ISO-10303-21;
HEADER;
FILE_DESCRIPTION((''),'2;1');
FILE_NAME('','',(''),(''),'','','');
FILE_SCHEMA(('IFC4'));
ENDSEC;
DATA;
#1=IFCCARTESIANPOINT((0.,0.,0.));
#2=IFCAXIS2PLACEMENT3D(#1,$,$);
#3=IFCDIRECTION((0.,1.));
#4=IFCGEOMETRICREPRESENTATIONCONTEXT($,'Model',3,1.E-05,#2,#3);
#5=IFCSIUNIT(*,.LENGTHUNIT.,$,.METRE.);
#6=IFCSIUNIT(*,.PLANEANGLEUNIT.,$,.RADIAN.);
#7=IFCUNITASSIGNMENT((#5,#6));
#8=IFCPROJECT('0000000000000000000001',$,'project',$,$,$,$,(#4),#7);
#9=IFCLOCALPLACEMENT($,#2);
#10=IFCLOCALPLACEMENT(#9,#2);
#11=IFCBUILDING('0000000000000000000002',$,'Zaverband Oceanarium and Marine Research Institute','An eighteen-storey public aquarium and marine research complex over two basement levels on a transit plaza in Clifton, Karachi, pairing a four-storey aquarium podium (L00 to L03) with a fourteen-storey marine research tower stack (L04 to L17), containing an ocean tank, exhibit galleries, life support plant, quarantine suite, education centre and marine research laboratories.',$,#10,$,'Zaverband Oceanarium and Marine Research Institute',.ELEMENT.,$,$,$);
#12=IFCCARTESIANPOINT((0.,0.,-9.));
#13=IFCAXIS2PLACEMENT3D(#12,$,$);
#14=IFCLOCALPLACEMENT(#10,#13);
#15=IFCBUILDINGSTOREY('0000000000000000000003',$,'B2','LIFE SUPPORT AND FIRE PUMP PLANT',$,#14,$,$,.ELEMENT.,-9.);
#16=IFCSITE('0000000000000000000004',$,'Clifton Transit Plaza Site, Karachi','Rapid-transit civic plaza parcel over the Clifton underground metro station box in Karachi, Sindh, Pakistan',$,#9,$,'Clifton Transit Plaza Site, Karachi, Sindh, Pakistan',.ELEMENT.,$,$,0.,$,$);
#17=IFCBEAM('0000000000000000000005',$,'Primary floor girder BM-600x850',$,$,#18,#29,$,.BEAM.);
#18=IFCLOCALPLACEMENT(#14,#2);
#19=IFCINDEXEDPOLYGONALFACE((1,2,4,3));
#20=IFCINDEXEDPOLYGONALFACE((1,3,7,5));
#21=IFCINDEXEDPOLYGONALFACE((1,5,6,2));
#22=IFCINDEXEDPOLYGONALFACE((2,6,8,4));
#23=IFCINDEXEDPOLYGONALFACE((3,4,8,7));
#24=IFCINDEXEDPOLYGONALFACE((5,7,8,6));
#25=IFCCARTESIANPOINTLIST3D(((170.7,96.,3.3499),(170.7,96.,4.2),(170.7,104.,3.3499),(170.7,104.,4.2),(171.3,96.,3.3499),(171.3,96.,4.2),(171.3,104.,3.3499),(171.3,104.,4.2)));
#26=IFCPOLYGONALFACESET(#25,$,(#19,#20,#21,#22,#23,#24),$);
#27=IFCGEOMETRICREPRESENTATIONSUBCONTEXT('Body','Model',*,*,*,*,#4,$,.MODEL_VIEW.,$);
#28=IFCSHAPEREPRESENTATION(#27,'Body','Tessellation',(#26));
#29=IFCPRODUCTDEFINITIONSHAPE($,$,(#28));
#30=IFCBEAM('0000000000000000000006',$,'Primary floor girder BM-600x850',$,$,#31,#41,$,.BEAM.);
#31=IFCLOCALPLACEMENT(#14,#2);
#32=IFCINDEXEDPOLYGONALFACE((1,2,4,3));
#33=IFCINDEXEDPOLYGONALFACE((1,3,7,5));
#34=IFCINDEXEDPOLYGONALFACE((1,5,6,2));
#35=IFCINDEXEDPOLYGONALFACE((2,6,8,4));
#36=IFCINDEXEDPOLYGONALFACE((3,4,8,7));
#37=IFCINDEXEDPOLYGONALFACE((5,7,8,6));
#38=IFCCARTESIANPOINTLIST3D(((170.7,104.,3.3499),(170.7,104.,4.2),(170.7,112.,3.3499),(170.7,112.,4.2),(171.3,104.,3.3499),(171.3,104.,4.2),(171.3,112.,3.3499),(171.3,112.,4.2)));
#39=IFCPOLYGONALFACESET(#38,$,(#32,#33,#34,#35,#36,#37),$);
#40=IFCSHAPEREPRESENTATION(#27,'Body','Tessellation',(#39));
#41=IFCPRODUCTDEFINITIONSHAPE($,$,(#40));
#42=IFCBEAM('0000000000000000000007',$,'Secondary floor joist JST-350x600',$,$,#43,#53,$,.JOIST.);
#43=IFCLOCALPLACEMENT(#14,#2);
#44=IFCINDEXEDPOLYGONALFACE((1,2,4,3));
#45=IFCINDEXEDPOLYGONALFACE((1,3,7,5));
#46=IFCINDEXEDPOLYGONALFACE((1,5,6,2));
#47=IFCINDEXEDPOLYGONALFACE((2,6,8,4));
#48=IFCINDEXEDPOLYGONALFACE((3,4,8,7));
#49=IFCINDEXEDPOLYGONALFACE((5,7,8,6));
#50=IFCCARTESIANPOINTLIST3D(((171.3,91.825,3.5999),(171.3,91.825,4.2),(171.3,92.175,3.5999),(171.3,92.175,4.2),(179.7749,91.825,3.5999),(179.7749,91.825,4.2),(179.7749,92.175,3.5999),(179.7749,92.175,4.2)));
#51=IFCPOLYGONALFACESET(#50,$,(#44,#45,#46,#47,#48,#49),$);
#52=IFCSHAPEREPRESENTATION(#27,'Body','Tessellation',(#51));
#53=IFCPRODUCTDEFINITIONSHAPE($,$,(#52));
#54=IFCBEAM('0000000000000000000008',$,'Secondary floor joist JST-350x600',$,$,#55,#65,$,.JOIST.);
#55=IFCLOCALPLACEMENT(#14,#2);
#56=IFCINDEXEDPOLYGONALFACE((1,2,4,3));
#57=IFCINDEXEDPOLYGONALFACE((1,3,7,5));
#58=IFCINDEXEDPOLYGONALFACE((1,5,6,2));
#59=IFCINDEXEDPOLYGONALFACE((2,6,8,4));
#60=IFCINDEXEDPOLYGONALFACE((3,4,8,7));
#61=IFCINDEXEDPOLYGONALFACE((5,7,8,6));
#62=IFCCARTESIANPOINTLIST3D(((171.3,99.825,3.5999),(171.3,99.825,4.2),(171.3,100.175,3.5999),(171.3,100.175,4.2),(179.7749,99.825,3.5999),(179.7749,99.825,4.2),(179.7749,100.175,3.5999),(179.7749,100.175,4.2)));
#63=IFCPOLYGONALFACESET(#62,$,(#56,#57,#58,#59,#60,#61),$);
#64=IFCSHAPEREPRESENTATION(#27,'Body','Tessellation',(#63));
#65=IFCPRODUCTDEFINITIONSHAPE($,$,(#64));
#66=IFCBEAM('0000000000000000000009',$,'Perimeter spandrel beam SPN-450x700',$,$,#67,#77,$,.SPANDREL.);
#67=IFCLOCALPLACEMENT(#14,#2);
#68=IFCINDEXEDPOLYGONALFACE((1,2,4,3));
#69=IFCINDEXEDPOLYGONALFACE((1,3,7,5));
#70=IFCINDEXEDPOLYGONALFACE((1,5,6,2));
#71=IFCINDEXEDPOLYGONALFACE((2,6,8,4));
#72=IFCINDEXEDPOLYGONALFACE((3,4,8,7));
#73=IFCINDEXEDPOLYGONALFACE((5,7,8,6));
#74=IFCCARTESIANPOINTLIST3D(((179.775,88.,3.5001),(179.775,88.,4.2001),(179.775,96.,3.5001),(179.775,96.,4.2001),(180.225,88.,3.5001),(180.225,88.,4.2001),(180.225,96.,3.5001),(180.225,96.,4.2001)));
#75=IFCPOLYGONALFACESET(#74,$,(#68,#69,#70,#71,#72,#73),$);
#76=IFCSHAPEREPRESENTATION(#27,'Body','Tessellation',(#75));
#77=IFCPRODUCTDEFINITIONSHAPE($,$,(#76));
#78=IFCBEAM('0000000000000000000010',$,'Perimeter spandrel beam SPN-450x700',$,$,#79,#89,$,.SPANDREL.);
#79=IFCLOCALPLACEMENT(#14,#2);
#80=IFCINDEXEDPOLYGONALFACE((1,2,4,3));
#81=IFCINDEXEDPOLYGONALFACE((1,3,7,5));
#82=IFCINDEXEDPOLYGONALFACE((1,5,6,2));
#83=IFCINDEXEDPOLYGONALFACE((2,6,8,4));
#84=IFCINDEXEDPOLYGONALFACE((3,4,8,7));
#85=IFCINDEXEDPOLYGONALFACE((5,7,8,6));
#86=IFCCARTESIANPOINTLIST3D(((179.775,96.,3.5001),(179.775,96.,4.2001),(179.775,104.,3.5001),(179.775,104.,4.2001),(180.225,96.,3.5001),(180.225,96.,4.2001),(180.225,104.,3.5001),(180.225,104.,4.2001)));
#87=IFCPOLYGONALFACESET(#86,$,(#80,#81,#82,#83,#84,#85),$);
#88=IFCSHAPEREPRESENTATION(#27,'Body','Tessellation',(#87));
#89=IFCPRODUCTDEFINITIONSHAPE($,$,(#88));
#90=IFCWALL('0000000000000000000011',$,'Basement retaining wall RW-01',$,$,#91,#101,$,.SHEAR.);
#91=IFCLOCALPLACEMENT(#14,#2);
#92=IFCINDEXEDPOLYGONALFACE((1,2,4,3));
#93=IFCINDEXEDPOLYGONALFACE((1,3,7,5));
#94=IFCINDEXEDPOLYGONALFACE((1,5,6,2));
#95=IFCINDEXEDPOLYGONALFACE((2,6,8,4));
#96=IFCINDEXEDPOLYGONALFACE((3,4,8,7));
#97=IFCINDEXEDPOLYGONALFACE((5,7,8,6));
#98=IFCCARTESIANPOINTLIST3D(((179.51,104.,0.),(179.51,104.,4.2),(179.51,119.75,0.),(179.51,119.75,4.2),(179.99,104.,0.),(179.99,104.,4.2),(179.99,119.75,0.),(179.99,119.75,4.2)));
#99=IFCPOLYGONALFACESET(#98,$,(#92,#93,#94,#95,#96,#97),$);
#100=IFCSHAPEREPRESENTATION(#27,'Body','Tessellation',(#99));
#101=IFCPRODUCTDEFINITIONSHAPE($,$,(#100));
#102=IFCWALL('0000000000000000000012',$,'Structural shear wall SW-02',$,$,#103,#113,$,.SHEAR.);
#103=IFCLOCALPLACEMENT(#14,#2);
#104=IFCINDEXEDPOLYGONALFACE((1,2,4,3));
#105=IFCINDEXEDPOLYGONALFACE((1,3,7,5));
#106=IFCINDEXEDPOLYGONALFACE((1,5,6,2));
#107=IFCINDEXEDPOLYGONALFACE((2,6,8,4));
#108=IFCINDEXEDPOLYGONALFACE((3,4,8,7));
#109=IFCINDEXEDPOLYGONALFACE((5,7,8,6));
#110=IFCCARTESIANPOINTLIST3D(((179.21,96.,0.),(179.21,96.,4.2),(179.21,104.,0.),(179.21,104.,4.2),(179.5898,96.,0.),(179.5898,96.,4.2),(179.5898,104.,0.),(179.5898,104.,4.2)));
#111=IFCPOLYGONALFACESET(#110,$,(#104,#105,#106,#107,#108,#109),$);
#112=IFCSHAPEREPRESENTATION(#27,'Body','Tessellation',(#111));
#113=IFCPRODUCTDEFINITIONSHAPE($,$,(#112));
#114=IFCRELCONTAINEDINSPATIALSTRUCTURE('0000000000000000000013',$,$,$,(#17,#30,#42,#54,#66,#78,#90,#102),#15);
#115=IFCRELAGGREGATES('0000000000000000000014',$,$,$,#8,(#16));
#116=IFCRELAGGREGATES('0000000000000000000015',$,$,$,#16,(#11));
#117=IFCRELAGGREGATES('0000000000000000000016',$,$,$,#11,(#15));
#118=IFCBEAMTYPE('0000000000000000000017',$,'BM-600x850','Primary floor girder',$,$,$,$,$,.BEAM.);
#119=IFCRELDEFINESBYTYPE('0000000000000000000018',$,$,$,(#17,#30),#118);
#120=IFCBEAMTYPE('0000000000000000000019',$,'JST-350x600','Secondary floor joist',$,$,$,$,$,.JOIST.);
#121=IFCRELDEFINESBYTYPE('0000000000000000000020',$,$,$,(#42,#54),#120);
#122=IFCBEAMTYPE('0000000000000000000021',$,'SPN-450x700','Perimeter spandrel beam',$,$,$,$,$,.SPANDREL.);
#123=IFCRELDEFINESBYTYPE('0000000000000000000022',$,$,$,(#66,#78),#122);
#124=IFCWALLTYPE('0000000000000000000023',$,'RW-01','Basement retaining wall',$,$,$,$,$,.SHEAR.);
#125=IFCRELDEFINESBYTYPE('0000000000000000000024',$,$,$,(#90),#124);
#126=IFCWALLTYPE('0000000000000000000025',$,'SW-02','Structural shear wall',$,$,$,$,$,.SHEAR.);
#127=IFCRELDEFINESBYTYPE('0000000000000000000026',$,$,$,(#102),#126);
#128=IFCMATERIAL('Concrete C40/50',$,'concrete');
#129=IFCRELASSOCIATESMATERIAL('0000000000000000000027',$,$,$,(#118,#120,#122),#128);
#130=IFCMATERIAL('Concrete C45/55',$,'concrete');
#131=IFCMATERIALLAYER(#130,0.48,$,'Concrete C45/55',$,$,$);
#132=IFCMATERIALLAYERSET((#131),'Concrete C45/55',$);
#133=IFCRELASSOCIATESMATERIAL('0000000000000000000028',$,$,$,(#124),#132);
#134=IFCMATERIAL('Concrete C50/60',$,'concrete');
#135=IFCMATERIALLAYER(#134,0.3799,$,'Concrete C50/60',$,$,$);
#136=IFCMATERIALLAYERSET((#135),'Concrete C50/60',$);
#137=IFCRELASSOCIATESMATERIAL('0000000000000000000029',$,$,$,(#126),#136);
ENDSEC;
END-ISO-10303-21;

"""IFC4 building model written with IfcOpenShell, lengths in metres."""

from ifc_helpers import new_model, si_unit, direction, frame, frame_2d, origin, origin_2d, place, context, subcontext, project, spatial, rectangle, extrude, material, layer, layer_set, material_profile, profile_set, type_object, element, save


model = new_model("IFC4")

# Units and contexts
model_context = context("Model", 3, precision=1e-05, world=origin(), true_north=direction((0.0, 1.0)))
body_context = subcontext(model_context, "Body", "Model", "MODEL_VIEW")
ifc_project = project(units=[si_unit("LENGTHUNIT", "METRE"), si_unit("PLANEANGLEUNIT", "RADIAN")], contexts=[model_context])

# Site, building, storey
site_placement = place(None, origin())
site = spatial("IfcSite", under=ifc_project, at=site_placement, Name="Clifton Transit Plaza Site, Karachi", Description="Rapid-transit civic plaza parcel over the Clifton underground metro station box in Karachi, Sindh, Pakistan", LongName="Clifton Transit Plaza Site, Karachi, Sindh, Pakistan", CompositionType="ELEMENT", RefElevation=0.0)
building_placement = place(site_placement, origin())
building = spatial("IfcBuilding", under=site, at=building_placement, Name="Zaverband Oceanarium and Marine Research Institute", Description="An eighteen-storey public aquarium and marine research complex over two basement levels on a transit plaza in Clifton, Karachi, pairing a four-storey aquarium podium (L00 to L03) with a fourteen-storey marine research tower stack (L04 to L17), containing an ocean tank, exhibit galleries, life support plant, quarantine suite, education centre and marine research laboratories.", LongName="Zaverband Oceanarium and Marine Research Institute", CompositionType="ELEMENT")
storey_placement = place(building_placement, frame((0.0, 0.0, -9.0)))
storey = spatial("IfcBuildingStorey", under=building, at=storey_placement, Name="B2", Description="LIFE SUPPORT AND FIRE PUMP PLANT", CompositionType="ELEMENT", Elevation=-9.0)

# Shared definitions
ifc_material_1 = material(Name="Concrete C50/60", Category="concrete")

# Beams
ifc_material_2 = material(Name="Concrete C40/50", Category="concrete")
ifc_material_profile_1 = material_profile(ifc_material_2, rectangle(XDim=0.6001, YDim=0.8501, at=origin_2d()), Name="RC600x850")
ifc_profile_set_1 = profile_set([ifc_material_profile_1], Name="Concrete C40/50")
beam_type_1 = type_object("IfcBeamType", Name="BM-600x850", Description="Primary floor girder", PredefinedType="BEAM", material=ifc_profile_set_1)
for number, where, z_axis, x_axis, name in (
    (1, (171.0, 96.0, 3.7749), (0.0, 1.0, 0.0), (-1.0, 0.0, 0.0), "Primary floor girder BM-600x850"),
    (2, (171.0, 104.0, 3.7749), (0.0, 1.0, 0.0), (-1.0, 0.0, 0.0), "Primary floor girder BM-600x850"),
):
    element("IfcBeam", number, at=place(storey_placement, frame(where, z_axis=z_axis, x_axis=x_axis)), inside=storey, type_object=beam_type_1, Name=name, PredefinedType="BEAM", context=body_context, shape_type="SweptSolid", body=[
        extrude(rectangle(XDim=0.6001, YDim=0.8501, at=origin_2d()), origin(), (0.0, 0.0, 1.0), 8.0),
    ])
ifc_material_profile_2 = material_profile(ifc_material_2, rectangle(XDim=0.3501, YDim=0.6001, at=origin_2d()), Name="RC350x600")
ifc_profile_set_2 = profile_set([ifc_material_profile_2], Name="Concrete C40/50")
beam_type_2 = type_object("IfcBeamType", Name="JST-350x600", Description="Secondary floor joist", PredefinedType="JOIST", material=ifc_profile_set_2)
for number, where, z_axis, x_axis, name in (
    (3, (171.3, 92.0, 3.8999), (1.0, 0.0, 0.0), (0.0, 1.0, 0.0), "Secondary floor joist JST-350x600"),
    (4, (171.3, 100.0, 3.8999), (1.0, 0.0, 0.0), (0.0, 1.0, 0.0), "Secondary floor joist JST-350x600"),
):
    element("IfcBeam", number, at=place(storey_placement, frame(where, z_axis=z_axis, x_axis=x_axis)), inside=storey, type_object=beam_type_2, Name=name, PredefinedType="JOIST", context=body_context, shape_type="SweptSolid", body=[
        extrude(rectangle(XDim=0.3501, YDim=0.6001, at=origin_2d()), origin(), (0.0, 0.0, 1.0), 8.4749),
    ])
ifc_material_profile_3 = material_profile(ifc_material_2, rectangle(XDim=0.45, YDim=0.7, at=origin_2d()), Name="RC450x700")
ifc_profile_set_3 = profile_set([ifc_material_profile_3], Name="Concrete C40/50")
beam_type_3 = type_object("IfcBeamType", Name="SPN-450x700", Description="Perimeter spandrel beam", PredefinedType="SPANDREL", material=ifc_profile_set_3)
for number, where, z_axis, x_axis, name in (
    (5, (180.0, 88.0, 3.8501), (0.0, 1.0, 0.0), (-1.0, 0.0, 0.0), "Perimeter spandrel beam SPN-450x700"),
    (6, (180.0, 96.0, 3.8501), (0.0, 1.0, 0.0), (-1.0, 0.0, 0.0), "Perimeter spandrel beam SPN-450x700"),
):
    element("IfcBeam", number, at=place(storey_placement, frame(where, z_axis=z_axis, x_axis=x_axis)), inside=storey, type_object=beam_type_3, Name=name, PredefinedType="SPANDREL", context=body_context, shape_type="SweptSolid", body=[
        extrude(rectangle(XDim=0.45, YDim=0.7, at=origin_2d()), origin(), (0.0, 0.0, 1.0), 8.0),
    ])

# Walls
ifc_material_3 = material(Name="Concrete C45/55", Category="concrete")
ifc_layer_1 = layer(ifc_material_3, 0.48, Name="Concrete C45/55")
ifc_layer_set_1 = layer_set([ifc_layer_1], Name="Concrete C45/55")
wall_type_1 = type_object("IfcWallType", Name="RW-01", Description="Basement retaining wall", PredefinedType="SHEAR", material=ifc_layer_set_1)
wall_1_placement = place(storey_placement, frame((179.75, 104.0, 0.0), z_axis=(0.0, 0.0, 1.0), x_axis=(0.0, 1.0, 0.0)))
element("IfcWall", 7, at=wall_1_placement, inside=storey, type_object=wall_type_1, Name="Basement retaining wall RW-01", PredefinedType="SHEAR", context=body_context, shape_type="SweptSolid", body=[
    extrude(rectangle(XDim=15.75, YDim=0.48, at=frame_2d((7.875, 0.0))), origin(), (0.0, 0.0, 1.0), 4.2),
])
ifc_layer_2 = layer(ifc_material_1, 0.3799, Name="Concrete C50/60")
ifc_layer_set_2 = layer_set([ifc_layer_2], Name="Concrete C50/60")
wall_type_2 = type_object("IfcWallType", Name="SW-02", Description="Structural shear wall", PredefinedType="SHEAR", material=ifc_layer_set_2)
wall_2_placement = place(storey_placement, frame((179.3999, 96.0, 0.0), z_axis=(0.0, 0.0, 1.0), x_axis=(0.0, 1.0, 0.0)))
element("IfcWall", 8, at=wall_2_placement, inside=storey, type_object=wall_type_2, Name="Structural shear wall SW-02", PredefinedType="SHEAR", context=body_context, shape_type="SweptSolid", body=[
    extrude(rectangle(XDim=8.0, YDim=0.3799, at=frame_2d((4.0, 0.0))), origin(), (0.0, 0.0, 1.0), 4.2),
])

save(model, "model.ifc")
